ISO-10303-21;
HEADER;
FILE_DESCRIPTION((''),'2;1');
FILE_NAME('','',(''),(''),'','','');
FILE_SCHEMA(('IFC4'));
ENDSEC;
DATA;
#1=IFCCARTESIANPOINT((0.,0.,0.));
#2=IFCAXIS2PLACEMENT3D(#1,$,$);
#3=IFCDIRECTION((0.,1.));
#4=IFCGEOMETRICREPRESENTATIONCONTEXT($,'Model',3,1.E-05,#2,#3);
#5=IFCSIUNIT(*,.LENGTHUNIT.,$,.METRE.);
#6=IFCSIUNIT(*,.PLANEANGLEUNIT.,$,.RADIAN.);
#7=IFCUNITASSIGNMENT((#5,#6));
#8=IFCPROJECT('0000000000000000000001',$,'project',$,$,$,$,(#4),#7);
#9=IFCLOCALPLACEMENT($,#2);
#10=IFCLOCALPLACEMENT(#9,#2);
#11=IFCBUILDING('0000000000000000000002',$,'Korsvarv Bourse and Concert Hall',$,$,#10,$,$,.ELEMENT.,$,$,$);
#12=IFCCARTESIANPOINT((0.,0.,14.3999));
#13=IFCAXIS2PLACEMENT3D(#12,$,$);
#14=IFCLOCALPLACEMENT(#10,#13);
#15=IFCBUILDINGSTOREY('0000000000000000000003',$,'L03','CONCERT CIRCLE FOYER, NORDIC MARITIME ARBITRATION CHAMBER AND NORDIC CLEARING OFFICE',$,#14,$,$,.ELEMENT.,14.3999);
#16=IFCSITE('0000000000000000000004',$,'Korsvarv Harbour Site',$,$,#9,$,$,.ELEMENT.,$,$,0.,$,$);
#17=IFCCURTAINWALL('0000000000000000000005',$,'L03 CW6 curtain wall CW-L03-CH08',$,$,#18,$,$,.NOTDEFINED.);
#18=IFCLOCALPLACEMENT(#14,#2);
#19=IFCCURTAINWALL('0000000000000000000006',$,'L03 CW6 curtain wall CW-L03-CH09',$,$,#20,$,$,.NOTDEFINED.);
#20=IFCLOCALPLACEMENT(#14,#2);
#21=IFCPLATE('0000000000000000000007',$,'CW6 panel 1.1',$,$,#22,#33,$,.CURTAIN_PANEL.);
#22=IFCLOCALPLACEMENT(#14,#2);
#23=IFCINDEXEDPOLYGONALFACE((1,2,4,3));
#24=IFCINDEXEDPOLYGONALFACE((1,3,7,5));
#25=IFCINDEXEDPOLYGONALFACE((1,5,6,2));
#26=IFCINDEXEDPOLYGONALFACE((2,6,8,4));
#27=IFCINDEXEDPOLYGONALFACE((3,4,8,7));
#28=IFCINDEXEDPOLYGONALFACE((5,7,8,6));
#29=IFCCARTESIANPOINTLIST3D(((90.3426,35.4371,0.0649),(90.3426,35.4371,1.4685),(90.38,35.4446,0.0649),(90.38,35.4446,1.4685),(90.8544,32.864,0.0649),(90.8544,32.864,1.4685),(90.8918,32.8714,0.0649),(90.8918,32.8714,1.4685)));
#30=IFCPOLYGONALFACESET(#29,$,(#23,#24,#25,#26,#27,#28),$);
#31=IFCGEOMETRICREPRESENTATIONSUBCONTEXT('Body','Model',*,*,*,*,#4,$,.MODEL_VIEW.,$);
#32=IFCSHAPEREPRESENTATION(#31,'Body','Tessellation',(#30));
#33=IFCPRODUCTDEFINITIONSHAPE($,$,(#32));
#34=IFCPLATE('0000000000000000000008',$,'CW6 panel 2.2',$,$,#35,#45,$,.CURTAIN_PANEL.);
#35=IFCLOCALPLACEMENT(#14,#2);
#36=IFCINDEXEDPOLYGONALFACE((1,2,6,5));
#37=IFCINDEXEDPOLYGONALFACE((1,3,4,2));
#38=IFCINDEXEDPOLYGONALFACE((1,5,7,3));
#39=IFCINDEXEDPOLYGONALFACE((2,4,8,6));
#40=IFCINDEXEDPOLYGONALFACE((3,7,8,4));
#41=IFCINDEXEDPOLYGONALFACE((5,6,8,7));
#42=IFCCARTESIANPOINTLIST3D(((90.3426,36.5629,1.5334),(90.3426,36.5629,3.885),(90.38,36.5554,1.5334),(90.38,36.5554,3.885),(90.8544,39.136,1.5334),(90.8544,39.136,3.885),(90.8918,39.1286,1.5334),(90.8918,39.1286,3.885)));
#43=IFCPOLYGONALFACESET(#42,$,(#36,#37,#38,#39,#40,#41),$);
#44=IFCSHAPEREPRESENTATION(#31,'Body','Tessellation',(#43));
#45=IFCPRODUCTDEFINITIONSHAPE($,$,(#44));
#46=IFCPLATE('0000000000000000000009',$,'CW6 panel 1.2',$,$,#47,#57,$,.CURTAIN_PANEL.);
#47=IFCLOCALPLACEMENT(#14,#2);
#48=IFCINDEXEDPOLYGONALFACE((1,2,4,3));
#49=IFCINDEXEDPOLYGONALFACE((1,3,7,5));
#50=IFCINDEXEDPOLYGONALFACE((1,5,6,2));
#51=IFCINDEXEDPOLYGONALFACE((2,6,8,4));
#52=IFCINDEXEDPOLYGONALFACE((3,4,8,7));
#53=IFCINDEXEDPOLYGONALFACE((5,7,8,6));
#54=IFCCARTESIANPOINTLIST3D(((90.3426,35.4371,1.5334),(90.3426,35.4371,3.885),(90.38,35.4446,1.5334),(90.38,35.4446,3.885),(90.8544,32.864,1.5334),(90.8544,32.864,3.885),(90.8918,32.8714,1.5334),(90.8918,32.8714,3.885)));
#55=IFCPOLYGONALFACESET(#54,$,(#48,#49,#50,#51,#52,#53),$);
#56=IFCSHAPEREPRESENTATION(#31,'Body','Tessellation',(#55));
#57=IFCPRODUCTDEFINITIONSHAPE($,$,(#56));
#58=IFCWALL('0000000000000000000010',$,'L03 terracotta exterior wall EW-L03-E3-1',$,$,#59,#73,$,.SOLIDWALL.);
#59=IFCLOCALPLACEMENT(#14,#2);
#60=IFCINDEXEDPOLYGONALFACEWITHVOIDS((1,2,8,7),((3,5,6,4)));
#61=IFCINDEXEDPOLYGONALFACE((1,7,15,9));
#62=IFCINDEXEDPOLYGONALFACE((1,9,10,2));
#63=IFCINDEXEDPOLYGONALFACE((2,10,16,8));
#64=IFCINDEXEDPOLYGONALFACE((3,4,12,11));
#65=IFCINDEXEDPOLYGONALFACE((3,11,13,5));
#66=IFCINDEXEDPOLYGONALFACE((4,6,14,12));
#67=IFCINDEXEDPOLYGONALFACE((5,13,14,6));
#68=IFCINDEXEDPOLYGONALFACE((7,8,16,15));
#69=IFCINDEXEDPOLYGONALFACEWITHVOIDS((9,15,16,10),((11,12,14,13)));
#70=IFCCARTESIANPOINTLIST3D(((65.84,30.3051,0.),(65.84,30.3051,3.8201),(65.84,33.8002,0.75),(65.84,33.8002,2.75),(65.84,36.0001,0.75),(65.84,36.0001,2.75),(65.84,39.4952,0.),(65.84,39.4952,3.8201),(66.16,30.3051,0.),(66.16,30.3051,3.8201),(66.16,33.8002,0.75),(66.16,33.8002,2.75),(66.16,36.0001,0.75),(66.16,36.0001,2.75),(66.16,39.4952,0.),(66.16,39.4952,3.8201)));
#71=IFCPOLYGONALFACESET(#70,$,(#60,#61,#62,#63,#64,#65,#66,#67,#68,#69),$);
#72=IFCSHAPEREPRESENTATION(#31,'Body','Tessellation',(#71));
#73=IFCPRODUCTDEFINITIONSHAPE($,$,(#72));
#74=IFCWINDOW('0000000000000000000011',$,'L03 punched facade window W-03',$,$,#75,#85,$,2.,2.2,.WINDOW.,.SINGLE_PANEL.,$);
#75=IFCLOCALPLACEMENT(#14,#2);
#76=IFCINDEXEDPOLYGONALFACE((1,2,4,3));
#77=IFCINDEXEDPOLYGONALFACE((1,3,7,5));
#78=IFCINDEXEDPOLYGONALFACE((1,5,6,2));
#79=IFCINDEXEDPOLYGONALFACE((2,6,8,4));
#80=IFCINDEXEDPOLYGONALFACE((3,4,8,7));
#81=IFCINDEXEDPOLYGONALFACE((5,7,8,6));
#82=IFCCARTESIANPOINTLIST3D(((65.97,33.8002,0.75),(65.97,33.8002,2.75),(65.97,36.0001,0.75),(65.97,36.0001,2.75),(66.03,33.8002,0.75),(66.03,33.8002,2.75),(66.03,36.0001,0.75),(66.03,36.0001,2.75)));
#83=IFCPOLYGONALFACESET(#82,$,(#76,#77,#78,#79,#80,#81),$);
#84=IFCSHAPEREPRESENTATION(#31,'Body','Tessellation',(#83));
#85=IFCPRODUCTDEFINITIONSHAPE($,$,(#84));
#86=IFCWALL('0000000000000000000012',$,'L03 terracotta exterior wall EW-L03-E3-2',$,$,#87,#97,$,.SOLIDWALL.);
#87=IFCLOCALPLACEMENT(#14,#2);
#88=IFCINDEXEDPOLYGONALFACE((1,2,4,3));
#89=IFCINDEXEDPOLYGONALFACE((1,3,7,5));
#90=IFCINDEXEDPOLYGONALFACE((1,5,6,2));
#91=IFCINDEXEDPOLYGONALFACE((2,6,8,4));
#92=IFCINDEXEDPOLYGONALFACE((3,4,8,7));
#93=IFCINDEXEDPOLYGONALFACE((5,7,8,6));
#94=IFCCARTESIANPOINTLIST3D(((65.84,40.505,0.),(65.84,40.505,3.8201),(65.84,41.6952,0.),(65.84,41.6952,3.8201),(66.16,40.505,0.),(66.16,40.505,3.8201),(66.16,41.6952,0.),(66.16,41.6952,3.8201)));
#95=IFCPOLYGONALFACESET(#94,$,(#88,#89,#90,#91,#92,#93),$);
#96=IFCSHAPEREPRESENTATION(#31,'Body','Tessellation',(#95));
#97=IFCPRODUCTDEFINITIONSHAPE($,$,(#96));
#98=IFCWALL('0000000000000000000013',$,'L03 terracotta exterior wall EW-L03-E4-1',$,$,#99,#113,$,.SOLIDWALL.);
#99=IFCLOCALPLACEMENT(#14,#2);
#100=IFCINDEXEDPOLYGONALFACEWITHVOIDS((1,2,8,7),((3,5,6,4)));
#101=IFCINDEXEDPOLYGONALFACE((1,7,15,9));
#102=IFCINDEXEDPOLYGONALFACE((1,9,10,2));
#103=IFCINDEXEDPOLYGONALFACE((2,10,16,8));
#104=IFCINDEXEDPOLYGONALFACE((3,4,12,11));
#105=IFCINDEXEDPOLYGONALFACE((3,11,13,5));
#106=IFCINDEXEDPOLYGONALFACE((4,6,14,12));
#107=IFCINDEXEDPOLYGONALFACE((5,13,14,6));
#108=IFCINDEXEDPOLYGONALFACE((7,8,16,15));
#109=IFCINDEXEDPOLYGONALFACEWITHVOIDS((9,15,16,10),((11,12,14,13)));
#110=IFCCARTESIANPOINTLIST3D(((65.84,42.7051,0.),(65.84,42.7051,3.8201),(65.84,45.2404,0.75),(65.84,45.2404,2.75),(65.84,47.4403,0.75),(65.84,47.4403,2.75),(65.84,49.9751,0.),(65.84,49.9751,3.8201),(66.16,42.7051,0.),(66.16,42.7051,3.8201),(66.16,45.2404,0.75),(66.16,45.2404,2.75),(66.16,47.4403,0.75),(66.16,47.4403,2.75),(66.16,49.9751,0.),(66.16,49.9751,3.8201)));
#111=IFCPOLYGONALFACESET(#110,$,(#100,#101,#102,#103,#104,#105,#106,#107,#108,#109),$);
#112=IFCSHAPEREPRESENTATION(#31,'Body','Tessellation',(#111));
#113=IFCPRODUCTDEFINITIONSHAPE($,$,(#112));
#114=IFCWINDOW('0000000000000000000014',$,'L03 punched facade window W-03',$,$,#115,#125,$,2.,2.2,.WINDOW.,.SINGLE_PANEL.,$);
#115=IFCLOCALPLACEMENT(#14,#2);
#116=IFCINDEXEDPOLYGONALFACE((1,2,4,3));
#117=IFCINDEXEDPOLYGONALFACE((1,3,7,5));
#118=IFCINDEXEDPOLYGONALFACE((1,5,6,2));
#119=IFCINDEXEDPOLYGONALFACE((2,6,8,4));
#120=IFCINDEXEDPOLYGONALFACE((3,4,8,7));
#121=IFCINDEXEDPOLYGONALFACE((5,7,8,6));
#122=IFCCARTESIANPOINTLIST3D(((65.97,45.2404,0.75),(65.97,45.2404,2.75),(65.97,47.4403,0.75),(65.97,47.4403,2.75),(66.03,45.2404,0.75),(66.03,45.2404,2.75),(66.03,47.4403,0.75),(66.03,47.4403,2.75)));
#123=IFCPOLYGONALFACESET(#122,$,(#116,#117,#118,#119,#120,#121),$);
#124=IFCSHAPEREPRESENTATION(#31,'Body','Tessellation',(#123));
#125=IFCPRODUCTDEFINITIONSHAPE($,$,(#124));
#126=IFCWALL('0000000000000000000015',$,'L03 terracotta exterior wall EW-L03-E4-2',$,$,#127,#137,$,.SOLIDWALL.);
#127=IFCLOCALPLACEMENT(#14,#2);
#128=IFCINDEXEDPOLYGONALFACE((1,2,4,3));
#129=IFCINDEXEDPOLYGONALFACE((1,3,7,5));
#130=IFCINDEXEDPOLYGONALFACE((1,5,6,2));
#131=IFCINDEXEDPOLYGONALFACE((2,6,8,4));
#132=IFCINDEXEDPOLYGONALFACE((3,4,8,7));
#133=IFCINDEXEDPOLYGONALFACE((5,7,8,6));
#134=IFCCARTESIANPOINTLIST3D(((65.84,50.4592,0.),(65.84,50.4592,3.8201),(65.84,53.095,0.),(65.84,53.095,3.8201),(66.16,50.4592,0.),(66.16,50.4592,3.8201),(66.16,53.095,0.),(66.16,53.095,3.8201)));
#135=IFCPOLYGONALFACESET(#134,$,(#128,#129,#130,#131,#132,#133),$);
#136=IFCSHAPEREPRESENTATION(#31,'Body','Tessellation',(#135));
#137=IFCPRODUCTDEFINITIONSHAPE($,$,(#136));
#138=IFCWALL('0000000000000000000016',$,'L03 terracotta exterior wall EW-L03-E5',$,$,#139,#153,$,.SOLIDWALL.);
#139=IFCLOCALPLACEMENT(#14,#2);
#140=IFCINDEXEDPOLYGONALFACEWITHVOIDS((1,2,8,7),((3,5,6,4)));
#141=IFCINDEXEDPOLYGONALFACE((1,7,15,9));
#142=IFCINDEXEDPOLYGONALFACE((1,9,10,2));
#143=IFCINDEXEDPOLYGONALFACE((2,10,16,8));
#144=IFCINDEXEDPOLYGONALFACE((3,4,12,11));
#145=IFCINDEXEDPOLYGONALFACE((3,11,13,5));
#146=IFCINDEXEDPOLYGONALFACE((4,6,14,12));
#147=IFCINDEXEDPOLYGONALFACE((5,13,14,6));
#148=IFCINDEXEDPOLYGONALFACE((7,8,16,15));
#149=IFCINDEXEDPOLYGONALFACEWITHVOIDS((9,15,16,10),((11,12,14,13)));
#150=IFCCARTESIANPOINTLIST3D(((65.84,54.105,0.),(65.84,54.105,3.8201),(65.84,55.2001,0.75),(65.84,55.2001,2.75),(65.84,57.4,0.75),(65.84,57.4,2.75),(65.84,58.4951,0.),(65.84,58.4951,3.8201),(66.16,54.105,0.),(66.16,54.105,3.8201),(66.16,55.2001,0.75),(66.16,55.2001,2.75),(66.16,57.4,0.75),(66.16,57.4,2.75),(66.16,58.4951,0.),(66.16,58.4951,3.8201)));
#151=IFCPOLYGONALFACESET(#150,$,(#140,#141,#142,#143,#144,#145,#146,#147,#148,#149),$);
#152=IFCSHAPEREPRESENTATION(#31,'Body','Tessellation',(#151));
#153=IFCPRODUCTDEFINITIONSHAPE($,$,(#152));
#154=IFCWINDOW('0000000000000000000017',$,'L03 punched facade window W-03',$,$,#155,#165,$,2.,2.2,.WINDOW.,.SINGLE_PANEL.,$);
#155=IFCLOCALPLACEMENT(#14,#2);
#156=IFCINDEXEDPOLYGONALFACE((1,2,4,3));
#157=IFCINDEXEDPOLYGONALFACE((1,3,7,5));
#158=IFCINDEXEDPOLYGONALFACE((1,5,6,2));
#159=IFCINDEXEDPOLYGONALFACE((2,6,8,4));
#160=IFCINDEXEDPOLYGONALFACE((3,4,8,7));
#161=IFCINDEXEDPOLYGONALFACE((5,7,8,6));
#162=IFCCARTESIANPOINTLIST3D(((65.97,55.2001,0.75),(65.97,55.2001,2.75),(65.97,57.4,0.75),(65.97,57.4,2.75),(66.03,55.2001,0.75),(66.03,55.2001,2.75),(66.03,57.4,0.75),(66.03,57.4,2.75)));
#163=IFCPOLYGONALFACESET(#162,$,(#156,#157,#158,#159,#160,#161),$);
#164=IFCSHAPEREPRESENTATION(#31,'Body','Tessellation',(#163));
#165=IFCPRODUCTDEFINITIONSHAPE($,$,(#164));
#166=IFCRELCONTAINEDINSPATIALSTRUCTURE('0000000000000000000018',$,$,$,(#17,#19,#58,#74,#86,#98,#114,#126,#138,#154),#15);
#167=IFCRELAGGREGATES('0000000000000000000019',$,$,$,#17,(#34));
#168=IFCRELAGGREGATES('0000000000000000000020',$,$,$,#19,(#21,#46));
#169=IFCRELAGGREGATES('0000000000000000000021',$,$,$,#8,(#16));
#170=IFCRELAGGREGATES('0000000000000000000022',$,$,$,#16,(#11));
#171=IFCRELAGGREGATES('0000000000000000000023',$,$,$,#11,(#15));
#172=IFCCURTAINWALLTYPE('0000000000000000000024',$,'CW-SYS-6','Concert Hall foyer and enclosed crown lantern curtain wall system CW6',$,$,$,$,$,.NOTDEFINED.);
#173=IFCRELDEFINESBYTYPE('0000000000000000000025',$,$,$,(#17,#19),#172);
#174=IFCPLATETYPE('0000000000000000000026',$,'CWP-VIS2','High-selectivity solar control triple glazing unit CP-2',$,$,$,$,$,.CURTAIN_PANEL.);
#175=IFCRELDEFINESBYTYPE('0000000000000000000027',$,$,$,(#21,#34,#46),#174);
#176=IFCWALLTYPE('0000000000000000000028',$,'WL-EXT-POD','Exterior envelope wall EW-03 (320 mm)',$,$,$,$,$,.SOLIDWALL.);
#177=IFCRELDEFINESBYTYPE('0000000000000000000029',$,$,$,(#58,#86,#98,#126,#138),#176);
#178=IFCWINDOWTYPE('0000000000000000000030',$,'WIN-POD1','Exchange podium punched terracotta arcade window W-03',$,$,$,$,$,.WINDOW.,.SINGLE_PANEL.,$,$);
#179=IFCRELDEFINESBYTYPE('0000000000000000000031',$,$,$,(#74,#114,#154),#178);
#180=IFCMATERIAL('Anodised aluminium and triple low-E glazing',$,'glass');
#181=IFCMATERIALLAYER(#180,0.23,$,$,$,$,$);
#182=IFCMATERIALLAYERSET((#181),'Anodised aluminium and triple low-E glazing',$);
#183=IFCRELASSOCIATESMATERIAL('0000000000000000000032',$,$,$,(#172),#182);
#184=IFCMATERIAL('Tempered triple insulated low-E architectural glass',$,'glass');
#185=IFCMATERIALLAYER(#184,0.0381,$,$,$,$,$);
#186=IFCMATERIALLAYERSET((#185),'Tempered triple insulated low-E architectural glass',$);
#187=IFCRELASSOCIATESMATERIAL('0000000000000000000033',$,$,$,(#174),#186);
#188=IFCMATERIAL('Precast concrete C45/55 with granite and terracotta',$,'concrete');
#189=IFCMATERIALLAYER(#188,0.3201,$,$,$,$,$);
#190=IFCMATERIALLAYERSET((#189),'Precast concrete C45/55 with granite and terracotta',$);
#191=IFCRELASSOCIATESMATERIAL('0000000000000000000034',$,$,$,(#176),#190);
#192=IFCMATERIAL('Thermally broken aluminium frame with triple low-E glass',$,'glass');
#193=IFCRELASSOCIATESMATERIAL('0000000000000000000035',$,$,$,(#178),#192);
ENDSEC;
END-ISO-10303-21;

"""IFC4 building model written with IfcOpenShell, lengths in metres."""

from ifc_helpers import new_model, si_unit, direction, frame, frame_2d, origin, origin_2d, place, context, subcontext, project, spatial, rectangle, extrude, source, transform, mapped, material, layer, layer_set, type_object, element, fill, aggregate, save


model = new_model("IFC4")

# Units and contexts
model_context = context("Model", 3, precision=1e-05, world=origin(), true_north=direction((0.0, 1.0)))
body_context = subcontext(model_context, "Body", "Model", "MODEL_VIEW")
ifc_project = project(units=[si_unit("LENGTHUNIT", "METRE"), si_unit("PLANEANGLEUNIT", "RADIAN")], contexts=[model_context])

# Site, building, storey
site_placement = place(None, origin())
site = spatial("IfcSite", under=ifc_project, at=site_placement, Name="Korsvarv Harbour Site", CompositionType="ELEMENT", RefElevation=0.0)
building_placement = place(site_placement, origin())
building = spatial("IfcBuilding", under=site, at=building_placement, Name="Korsvarv Bourse and Concert Hall", CompositionType="ELEMENT")
storey_placement = place(building_placement, frame((0.0, 0.0, 14.3999)))
storey = spatial("IfcBuildingStorey", under=building, at=storey_placement, Name="L03", Description="CONCERT CIRCLE FOYER, NORDIC MARITIME ARBITRATION CHAMBER AND NORDIC CLEARING OFFICE", CompositionType="ELEMENT", Elevation=14.3999)

# Curtain walls
ifc_material_1 = material(Name="Anodised aluminium and triple low-E glazing", Category="glass")
ifc_layer_1 = layer(ifc_material_1, 0.23)
ifc_layer_set_1 = layer_set([ifc_layer_1], Name="Anodised aluminium and triple low-E glazing")
curtain_wall_type = type_object("IfcCurtainWallType", Name="CW-SYS-6", Description="Concert Hall foyer and enclosed crown lantern curtain wall system CW6", PredefinedType="NOTDEFINED", material=ifc_layer_set_1)
curtain_wall_1_placement = place(storey_placement, origin())
curtain_wall_1 = element("IfcCurtainWall", 1, at=curtain_wall_1_placement, inside=storey, type_object=curtain_wall_type, Name="L03 CW6 curtain wall CW-L03-CH08", PredefinedType="NOTDEFINED")
curtain_wall_2_placement = place(storey_placement, origin())
curtain_wall_2 = element("IfcCurtainWall", 2, at=curtain_wall_2_placement, inside=storey, type_object=curtain_wall_type, Name="L03 CW6 curtain wall CW-L03-CH09", PredefinedType="NOTDEFINED")

# Plates
ifc_material_2 = material(Name="Tempered triple insulated low-E architectural glass", Category="glass")
ifc_layer_2 = layer(ifc_material_2, 0.0381)
ifc_layer_set_2 = layer_set([ifc_layer_2], Name="Tempered triple insulated low-E architectural glass")
plate_type = type_object("IfcPlateType", Name="CWP-VIS2", Description="High-selectivity solar control triple glazing unit CP-2", PredefinedType="CURTAIN_PANEL", material=ifc_layer_set_2)
shared_shape_1 = source(origin(), body_context, "Body", "SweptSolid", [
    extrude(rectangle(XDim=2.6235, YDim=0.0381, at=origin_2d()), origin(), (0.0, 0.0, 1.0), 1.4036),
])
plate_1_placement = place(storey_placement, frame((90.6172, 34.1543, 0.0649), z_axis=(0.0, 0.0, 1.0), x_axis=(0.195087, -0.980786, 0.0)))
plate_1 = element("IfcPlate", 3, at=plate_1_placement, type_object=plate_type, Name="CW6 panel 1.1", PredefinedType="CURTAIN_PANEL", context=body_context, shape_type="MappedRepresentation", body=[
    mapped(shared_shape_1, transform((0.0, 0.0, 0.0), scale=1.0)),
])
shared_shape_2 = source(origin(), body_context, "Body", "SweptSolid", [
    extrude(rectangle(XDim=2.6235, YDim=0.0381, at=origin_2d()), origin(), (0.0, 0.0, 1.0), 2.3516),
])
plate_2_placement = place(storey_placement, frame((90.6172, 37.8457, 1.5334), z_axis=(0.0, 0.0, 1.0), x_axis=(-0.195087, -0.980786, 0.0)))
plate_2 = element("IfcPlate", 4, at=plate_2_placement, type_object=plate_type, Name="CW6 panel 2.2", PredefinedType="CURTAIN_PANEL", context=body_context, shape_type="MappedRepresentation", body=[
    mapped(shared_shape_2, transform((0.0, 0.0, 0.0), scale=1.0)),
])
aggregate(curtain_wall_1, [plate_2])
plate_3_placement = place(storey_placement, frame((90.6172, 34.1543, 1.5334), z_axis=(0.0, 0.0, 1.0), x_axis=(0.195087, -0.980786, 0.0)))
plate_3 = element("IfcPlate", 5, at=plate_3_placement, type_object=plate_type, Name="CW6 panel 1.2", PredefinedType="CURTAIN_PANEL", context=body_context, shape_type="MappedRepresentation", body=[
    mapped(shared_shape_2, transform((0.0, 0.0, 0.0), scale=1.0)),
])
aggregate(curtain_wall_2, [plate_1, plate_3])

# Wall, opening, window
ifc_material_3 = material(Name="Precast concrete C45/55 with granite and terracotta", Category="concrete")
ifc_layer_3 = layer(ifc_material_3, 0.3201)
ifc_layer_set_3 = layer_set([ifc_layer_3], Name="Precast concrete C45/55 with granite and terracotta")
wall_type = type_object("IfcWallType", Name="WL-EXT-POD", Description="Exterior envelope wall EW-03 (320 mm)", PredefinedType="SOLIDWALL", material=ifc_layer_set_3)
wall_1_placement = place(storey_placement, frame((66.0, 30.3049, 0.0), z_axis=(0.0, 0.0, 1.0), x_axis=(0.0, 1.0, 0.0)))
wall_1 = element("IfcWall", 6, at=wall_1_placement, inside=storey, type_object=wall_type, Name="L03 terracotta exterior wall EW-L03-E3-1", PredefinedType="SOLIDWALL", context=body_context, shape_type="SweptSolid", body=[
    extrude(rectangle(XDim=9.1902, YDim=0.3201, at=frame_2d((4.5952, 0.0))), origin(), (0.0, 0.0, 1.0), 3.8201),
])
opening_1_placement = place(wall_1_placement, frame((3.4951, 0.0, 0.75)))
opening_1 = element("IfcOpeningElement", 7, at=opening_1_placement, cuts=wall_1, PredefinedType="OPENING", context=body_context, shape_type="SweptSolid", body=[
    extrude(rectangle(XDim=2.2, YDim=2.0, at=frame_2d((1.1001, 1.0))), frame((0.0, 0.1699, 0.0), z_axis=(0.0, -1.0, 0.0), x_axis=(1.0, 0.0, 0.0)), (0.0, 0.0, 1.0), 0.3401),
])
ifc_material_4 = material(Name="Thermally broken aluminium frame with triple low-E glass", Category="glass")
window_type = type_object("IfcWindowType", Name="WIN-POD1", Description="Exchange podium punched terracotta arcade window W-03", PartitioningType="SINGLE_PANEL", PredefinedType="WINDOW", material=ifc_material_4)
window_1_placement = place(opening_1_placement, origin())
window_1 = element("IfcWindow", 8, at=window_1_placement, inside=storey, type_object=window_type, Name="L03 punched facade window W-03", OverallHeight=2.0, OverallWidth=2.2, PartitioningType="SINGLE_PANEL", PredefinedType="WINDOW", context=body_context, shape_type="SweptSolid", body=[
    extrude(rectangle(XDim=2.2, YDim=2.0, at=frame_2d((1.1001, 1.0))), frame((0.0, 0.03, 0.0), z_axis=(0.0, -1.0, 0.0), x_axis=(1.0, 0.0, 0.0)), (0.0, 0.0, 1.0), 0.0601),
])
fill(opening_1, window_1)

# Wall
wall_2_placement = place(storey_placement, frame((66.0, 40.5049, 0.0), z_axis=(0.0, 0.0, 1.0), x_axis=(0.0, 1.0, 0.0)))
element("IfcWall", 9, at=wall_2_placement, inside=storey, type_object=wall_type, Name="L03 terracotta exterior wall EW-L03-E3-2", PredefinedType="SOLIDWALL", context=body_context, shape_type="SweptSolid", body=[
    extrude(rectangle(XDim=1.1902, YDim=0.3201, at=frame_2d((0.5952, 0.0))), origin(), (0.0, 0.0, 1.0), 3.8201),
])

# Wall, opening, window
wall_3_placement = place(storey_placement, frame((66.0, 42.7051, 0.0), z_axis=(0.0, 0.0, 1.0), x_axis=(0.0, 1.0, 0.0)))
wall_3 = element("IfcWall", 10, at=wall_3_placement, inside=storey, type_object=wall_type, Name="L03 terracotta exterior wall EW-L03-E4-1", PredefinedType="SOLIDWALL", context=body_context, shape_type="SweptSolid", body=[
    extrude(rectangle(XDim=7.27, YDim=0.3201, at=frame_2d((3.635, 0.0))), origin(), (0.0, 0.0, 1.0), 3.8201),
])
opening_2_placement = place(wall_3_placement, frame((2.5352, 0.0, 0.75)))
opening_2 = element("IfcOpeningElement", 11, at=opening_2_placement, cuts=wall_3, PredefinedType="OPENING", context=body_context, shape_type="SweptSolid", body=[
    extrude(rectangle(XDim=2.2, YDim=2.0, at=frame_2d((1.1001, 1.0))), frame((0.0, 0.1699, 0.0), z_axis=(0.0, -1.0, 0.0), x_axis=(1.0, 0.0, 0.0)), (0.0, 0.0, 1.0), 0.3401),
])
window_2_placement = place(opening_2_placement, origin())
window_2 = element("IfcWindow", 12, at=window_2_placement, inside=storey, type_object=window_type, Name="L03 punched facade window W-03", OverallHeight=2.0, OverallWidth=2.2, PartitioningType="SINGLE_PANEL", PredefinedType="WINDOW", context=body_context, shape_type="SweptSolid", body=[
    extrude(rectangle(XDim=2.2, YDim=2.0, at=frame_2d((1.1001, 1.0))), frame((0.0, 0.03, 0.0), z_axis=(0.0, -1.0, 0.0), x_axis=(1.0, 0.0, 0.0)), (0.0, 0.0, 1.0), 0.0601),
])
fill(opening_2, window_2)

# Wall
wall_4_placement = place(storey_placement, frame((66.0, 50.4592, 0.0), z_axis=(0.0, 0.0, 1.0), x_axis=(0.0, 1.0, 0.0)))
element("IfcWall", 13, at=wall_4_placement, inside=storey, type_object=wall_type, Name="L03 terracotta exterior wall EW-L03-E4-2", PredefinedType="SOLIDWALL", context=body_context, shape_type="SweptSolid", body=[
    extrude(rectangle(XDim=2.6357, YDim=0.3201, at=frame_2d((1.3179, 0.0))), origin(), (0.0, 0.0, 1.0), 3.8201),
])

# Wall, opening, window
wall_5_placement = place(storey_placement, frame((66.0, 54.105, 0.0), z_axis=(0.0, 0.0, 1.0), x_axis=(0.0, 1.0, 0.0)))
wall_5 = element("IfcWall", 14, at=wall_5_placement, inside=storey, type_object=wall_type, Name="L03 terracotta exterior wall EW-L03-E5", PredefinedType="SOLIDWALL", context=body_context, shape_type="SweptSolid", body=[
    extrude(rectangle(XDim=4.3901, YDim=0.3201, at=frame_2d((2.1951, 0.0))), origin(), (0.0, 0.0, 1.0), 3.8201),
])
opening_3_placement = place(wall_5_placement, frame((1.095, 0.0, 0.75)))
opening_3 = element("IfcOpeningElement", 15, at=opening_3_placement, cuts=wall_5, PredefinedType="OPENING", context=body_context, shape_type="SweptSolid", body=[
    extrude(rectangle(XDim=2.2, YDim=2.0, at=frame_2d((1.1001, 1.0))), frame((0.0, 0.1699, 0.0), z_axis=(0.0, -1.0, 0.0), x_axis=(1.0, 0.0, 0.0)), (0.0, 0.0, 1.0), 0.3401),
])
window_3_placement = place(opening_3_placement, origin())
window_3 = element("IfcWindow", 16, at=window_3_placement, inside=storey, type_object=window_type, Name="L03 punched facade window W-03", OverallHeight=2.0, OverallWidth=2.2, PartitioningType="SINGLE_PANEL", PredefinedType="WINDOW", context=body_context, shape_type="SweptSolid", body=[
    extrude(rectangle(XDim=2.2, YDim=2.0, at=frame_2d((1.1001, 1.0))), frame((0.0, 0.03, 0.0), z_axis=(0.0, -1.0, 0.0), x_axis=(1.0, 0.0, 0.0)), (0.0, 0.0, 1.0), 0.0601),
])
fill(opening_3, window_3)

save(model, "model.ifc")
